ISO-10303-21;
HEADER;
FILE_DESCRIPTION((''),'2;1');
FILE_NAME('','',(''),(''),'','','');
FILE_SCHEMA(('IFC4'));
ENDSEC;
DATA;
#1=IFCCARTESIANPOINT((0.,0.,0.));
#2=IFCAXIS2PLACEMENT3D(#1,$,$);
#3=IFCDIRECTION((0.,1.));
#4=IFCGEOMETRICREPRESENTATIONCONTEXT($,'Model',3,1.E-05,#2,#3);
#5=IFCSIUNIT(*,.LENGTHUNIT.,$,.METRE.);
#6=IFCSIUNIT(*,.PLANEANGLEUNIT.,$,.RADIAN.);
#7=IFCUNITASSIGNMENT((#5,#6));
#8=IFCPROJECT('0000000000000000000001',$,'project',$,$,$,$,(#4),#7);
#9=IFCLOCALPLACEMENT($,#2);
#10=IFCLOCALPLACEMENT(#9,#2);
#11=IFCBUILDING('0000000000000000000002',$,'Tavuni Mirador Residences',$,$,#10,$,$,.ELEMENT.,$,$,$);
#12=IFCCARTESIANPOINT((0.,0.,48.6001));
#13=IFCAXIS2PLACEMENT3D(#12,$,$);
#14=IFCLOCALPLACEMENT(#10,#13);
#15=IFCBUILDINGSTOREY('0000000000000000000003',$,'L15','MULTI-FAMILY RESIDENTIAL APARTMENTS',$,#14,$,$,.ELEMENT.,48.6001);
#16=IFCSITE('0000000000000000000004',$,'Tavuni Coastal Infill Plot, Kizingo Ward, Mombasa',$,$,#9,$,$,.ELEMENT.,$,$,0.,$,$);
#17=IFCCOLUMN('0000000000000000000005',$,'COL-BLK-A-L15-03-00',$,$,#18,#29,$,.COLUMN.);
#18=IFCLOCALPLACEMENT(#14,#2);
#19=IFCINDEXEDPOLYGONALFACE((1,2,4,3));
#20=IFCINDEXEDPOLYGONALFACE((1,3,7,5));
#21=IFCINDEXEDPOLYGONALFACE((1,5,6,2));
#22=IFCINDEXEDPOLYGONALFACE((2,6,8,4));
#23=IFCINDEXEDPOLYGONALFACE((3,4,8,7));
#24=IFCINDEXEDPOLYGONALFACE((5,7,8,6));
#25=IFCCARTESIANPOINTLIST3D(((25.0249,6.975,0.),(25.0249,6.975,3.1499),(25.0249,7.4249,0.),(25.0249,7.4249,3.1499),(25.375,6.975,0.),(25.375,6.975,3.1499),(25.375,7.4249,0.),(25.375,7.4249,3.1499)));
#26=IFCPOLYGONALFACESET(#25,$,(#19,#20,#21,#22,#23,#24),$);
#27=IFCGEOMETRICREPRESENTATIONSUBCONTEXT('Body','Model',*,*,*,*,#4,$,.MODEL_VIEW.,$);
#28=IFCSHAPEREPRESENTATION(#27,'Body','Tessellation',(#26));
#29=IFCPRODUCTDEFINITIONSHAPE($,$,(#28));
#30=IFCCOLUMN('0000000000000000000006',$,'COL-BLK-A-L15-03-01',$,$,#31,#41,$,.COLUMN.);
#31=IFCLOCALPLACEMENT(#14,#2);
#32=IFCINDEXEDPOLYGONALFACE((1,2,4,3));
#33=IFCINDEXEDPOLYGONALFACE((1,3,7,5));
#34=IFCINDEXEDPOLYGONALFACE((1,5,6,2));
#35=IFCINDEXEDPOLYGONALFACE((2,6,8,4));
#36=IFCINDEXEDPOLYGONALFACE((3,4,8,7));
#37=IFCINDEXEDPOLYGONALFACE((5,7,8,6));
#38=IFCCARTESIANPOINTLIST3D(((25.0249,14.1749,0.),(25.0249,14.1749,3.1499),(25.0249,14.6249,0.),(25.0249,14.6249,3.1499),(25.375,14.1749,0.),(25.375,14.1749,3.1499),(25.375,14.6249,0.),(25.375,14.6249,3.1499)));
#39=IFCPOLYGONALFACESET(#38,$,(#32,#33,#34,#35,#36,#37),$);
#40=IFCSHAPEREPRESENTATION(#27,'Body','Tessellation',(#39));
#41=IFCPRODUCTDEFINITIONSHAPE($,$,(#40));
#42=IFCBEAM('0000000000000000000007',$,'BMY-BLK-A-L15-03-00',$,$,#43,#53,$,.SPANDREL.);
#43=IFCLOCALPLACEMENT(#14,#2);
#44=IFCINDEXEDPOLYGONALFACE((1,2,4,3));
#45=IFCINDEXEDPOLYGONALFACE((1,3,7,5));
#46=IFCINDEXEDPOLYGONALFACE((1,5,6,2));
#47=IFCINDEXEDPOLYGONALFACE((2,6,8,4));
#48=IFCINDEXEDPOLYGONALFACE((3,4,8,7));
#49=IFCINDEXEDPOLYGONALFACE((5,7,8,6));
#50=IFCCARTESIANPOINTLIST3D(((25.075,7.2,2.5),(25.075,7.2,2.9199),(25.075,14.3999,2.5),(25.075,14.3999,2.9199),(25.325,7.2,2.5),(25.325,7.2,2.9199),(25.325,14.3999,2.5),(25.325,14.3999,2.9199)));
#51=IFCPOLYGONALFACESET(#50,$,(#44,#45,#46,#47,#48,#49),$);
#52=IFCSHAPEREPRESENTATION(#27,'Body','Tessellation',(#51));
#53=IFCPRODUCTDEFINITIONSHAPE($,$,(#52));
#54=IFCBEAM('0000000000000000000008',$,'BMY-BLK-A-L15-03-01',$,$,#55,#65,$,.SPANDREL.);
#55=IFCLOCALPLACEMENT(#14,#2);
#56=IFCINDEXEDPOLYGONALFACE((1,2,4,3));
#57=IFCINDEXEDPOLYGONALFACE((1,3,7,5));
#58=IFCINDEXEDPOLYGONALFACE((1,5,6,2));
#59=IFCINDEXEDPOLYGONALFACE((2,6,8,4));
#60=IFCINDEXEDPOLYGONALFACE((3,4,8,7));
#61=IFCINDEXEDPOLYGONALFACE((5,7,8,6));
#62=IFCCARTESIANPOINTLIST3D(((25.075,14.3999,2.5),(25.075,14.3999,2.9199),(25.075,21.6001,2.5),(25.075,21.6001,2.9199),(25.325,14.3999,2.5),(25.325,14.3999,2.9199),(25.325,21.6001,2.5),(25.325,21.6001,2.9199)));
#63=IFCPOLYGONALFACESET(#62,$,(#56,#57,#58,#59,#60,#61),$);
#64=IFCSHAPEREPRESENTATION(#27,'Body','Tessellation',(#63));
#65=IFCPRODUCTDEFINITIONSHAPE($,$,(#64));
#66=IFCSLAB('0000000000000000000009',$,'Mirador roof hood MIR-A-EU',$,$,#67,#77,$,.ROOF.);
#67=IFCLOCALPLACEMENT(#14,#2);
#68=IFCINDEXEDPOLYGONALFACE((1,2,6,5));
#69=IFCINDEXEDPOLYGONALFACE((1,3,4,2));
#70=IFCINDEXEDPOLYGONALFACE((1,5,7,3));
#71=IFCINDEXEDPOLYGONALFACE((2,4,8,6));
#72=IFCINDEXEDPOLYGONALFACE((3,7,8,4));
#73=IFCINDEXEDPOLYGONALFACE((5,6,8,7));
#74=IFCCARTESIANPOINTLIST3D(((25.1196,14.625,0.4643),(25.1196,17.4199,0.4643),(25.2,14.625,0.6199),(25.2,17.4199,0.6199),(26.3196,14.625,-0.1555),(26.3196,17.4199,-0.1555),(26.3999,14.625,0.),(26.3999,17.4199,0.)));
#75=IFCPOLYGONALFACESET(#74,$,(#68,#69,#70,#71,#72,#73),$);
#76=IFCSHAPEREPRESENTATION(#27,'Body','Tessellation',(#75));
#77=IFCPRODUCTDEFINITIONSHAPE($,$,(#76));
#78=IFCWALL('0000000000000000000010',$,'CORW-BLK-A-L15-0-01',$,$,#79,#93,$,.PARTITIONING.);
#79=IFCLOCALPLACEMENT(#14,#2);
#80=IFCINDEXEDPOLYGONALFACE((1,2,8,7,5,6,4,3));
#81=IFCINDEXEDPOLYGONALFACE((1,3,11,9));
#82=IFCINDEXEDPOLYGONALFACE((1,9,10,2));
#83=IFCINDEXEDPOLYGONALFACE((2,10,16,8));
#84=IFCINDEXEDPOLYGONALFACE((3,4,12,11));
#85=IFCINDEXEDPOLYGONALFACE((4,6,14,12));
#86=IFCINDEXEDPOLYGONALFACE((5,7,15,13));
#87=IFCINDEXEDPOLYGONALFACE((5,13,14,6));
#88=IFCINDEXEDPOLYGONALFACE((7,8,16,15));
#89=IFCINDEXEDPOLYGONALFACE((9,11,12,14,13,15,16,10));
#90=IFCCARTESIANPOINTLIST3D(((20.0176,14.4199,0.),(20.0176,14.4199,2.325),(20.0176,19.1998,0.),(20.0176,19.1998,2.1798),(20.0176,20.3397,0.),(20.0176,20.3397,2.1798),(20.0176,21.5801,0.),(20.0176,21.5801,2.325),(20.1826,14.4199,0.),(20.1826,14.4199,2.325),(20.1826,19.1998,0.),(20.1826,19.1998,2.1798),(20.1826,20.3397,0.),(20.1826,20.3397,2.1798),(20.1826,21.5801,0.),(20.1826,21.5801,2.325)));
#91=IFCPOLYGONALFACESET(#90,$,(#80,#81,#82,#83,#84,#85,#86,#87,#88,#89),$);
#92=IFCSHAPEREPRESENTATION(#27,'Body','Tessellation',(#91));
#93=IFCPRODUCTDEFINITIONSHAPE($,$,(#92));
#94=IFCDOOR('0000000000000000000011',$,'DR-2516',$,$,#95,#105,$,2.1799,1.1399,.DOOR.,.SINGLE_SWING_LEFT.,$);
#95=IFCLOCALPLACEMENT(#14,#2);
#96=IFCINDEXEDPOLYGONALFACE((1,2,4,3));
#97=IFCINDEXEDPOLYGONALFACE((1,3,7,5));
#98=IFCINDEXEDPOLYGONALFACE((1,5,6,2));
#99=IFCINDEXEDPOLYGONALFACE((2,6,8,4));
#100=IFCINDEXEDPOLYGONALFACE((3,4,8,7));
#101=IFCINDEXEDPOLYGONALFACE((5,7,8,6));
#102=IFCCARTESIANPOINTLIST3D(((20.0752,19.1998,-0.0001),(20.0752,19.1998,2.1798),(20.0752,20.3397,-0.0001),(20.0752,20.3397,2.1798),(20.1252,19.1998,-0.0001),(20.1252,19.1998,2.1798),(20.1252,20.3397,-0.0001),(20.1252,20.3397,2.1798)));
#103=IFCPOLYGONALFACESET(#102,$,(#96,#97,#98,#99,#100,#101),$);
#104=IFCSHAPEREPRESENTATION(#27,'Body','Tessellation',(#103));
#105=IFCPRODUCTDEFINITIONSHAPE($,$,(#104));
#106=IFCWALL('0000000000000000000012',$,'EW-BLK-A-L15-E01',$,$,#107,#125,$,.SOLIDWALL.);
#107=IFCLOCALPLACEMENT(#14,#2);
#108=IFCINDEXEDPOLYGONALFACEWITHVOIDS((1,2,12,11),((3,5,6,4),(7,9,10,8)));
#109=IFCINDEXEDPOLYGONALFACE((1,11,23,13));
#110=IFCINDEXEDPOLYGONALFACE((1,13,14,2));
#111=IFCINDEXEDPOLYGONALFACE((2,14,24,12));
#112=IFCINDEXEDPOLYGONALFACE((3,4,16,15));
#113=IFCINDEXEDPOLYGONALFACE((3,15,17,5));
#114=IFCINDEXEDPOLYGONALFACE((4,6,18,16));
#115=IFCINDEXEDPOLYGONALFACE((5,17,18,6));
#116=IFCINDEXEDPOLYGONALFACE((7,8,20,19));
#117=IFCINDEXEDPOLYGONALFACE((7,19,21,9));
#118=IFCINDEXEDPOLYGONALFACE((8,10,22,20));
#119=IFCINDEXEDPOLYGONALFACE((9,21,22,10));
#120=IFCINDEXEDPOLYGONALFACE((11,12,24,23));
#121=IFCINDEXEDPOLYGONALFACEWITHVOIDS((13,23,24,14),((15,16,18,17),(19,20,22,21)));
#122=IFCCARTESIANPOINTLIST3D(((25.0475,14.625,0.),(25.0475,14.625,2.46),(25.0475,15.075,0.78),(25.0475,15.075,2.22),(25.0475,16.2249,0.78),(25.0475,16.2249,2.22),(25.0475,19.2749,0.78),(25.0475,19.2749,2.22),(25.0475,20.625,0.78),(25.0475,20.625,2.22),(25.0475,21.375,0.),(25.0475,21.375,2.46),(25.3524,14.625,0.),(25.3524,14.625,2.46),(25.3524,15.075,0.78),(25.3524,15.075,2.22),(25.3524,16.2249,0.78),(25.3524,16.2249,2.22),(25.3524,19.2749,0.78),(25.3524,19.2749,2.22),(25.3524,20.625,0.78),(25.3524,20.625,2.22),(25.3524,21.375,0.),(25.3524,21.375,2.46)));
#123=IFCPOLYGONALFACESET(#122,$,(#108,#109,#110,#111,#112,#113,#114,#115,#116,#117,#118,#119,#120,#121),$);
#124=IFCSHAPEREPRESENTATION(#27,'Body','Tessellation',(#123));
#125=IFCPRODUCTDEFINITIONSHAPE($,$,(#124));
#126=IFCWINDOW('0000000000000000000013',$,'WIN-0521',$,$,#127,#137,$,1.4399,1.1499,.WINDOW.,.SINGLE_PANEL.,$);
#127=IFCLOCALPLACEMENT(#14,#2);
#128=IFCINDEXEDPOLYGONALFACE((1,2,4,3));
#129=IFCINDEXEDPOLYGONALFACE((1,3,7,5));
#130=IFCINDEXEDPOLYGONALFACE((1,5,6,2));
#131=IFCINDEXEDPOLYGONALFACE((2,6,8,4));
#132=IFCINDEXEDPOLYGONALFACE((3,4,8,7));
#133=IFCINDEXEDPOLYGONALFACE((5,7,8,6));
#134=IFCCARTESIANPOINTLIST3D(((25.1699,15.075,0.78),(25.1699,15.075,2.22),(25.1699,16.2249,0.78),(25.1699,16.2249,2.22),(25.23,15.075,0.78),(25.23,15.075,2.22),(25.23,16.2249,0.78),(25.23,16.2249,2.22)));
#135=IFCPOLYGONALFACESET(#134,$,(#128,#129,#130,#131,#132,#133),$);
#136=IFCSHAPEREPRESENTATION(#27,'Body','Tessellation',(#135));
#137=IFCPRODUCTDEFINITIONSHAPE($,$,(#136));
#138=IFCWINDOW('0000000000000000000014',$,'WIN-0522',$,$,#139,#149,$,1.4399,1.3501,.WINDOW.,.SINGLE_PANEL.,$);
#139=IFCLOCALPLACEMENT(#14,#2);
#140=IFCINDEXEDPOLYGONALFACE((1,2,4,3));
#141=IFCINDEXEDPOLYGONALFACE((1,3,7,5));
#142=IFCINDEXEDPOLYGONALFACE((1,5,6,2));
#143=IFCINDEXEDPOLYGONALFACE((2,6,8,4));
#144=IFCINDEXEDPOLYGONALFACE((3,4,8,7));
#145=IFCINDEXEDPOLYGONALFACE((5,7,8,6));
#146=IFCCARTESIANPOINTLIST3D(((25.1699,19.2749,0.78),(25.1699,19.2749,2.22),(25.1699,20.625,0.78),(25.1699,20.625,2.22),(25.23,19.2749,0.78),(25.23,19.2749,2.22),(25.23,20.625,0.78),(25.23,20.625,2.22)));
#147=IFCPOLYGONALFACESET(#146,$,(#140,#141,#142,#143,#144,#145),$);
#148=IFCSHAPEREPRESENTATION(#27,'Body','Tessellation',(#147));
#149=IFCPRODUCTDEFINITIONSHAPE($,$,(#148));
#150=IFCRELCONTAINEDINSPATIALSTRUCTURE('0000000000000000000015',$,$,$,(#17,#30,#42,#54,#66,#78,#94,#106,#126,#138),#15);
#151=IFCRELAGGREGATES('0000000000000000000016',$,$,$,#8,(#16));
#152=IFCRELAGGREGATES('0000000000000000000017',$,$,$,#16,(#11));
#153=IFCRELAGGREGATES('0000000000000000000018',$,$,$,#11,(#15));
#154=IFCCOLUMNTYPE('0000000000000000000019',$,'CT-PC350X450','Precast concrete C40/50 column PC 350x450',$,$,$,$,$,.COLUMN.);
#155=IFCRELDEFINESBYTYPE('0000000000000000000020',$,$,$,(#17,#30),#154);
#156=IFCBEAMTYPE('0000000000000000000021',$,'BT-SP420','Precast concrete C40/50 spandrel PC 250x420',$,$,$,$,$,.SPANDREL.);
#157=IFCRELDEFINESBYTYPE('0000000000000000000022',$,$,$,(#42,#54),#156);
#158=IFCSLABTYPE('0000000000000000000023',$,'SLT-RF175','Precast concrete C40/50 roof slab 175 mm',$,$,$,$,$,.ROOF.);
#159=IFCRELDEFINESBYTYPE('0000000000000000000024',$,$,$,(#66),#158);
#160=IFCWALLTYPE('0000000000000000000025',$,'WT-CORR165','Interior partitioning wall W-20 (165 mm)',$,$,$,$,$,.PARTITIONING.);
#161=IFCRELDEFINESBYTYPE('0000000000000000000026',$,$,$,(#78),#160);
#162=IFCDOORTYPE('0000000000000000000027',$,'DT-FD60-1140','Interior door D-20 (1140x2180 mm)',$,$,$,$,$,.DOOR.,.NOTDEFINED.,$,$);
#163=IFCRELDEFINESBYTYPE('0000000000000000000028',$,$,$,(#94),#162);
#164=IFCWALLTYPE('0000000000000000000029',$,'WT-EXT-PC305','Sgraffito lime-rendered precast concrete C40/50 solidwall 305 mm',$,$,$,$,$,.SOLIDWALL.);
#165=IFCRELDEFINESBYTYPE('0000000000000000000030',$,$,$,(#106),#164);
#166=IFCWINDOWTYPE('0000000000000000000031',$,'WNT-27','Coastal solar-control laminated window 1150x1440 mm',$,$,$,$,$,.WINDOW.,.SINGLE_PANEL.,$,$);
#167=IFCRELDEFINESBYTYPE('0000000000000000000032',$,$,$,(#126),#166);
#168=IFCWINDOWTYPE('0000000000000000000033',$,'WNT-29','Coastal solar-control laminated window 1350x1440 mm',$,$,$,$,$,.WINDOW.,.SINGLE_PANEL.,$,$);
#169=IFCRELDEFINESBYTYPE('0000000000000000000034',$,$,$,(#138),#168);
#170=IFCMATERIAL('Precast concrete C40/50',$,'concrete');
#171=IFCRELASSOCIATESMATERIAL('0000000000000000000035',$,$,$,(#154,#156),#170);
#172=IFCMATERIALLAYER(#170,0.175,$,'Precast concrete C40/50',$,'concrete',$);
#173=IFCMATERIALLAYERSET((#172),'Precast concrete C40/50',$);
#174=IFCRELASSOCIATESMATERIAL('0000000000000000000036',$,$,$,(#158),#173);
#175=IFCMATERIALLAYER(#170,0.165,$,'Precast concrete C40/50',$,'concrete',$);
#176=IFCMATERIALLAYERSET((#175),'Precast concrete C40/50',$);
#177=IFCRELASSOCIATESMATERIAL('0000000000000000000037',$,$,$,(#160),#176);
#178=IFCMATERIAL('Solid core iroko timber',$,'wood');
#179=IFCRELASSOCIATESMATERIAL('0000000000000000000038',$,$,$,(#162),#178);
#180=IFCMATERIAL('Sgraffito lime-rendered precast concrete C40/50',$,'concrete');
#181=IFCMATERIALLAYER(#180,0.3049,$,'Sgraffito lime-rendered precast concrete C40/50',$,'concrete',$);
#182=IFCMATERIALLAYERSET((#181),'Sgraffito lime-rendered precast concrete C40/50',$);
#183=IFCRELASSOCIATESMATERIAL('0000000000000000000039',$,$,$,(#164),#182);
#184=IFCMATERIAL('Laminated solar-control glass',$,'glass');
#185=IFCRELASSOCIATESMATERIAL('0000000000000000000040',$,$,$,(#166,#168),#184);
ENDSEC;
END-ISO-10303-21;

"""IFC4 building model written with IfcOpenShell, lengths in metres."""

from ifc_helpers import new_model, si_unit, direction, frame, frame_2d, origin, origin_2d, place, context, subcontext, project, spatial, polyline, rectangle, outline, extrude, material, layer, layer_set, material_profile, profile_set, type_object, element, fill, save


model = new_model("IFC4")

# Units and contexts
model_context = context("Model", 3, precision=1e-05, world=origin(), true_north=direction((0.0, 1.0)))
body_context = subcontext(model_context, "Body", "Model", "MODEL_VIEW")
ifc_project = project(units=[si_unit("LENGTHUNIT", "METRE"), si_unit("PLANEANGLEUNIT", "RADIAN")], contexts=[model_context])

# Site, building, storey
site_placement = place(None, origin())
site = spatial("IfcSite", under=ifc_project, at=site_placement, Name="Tavuni Coastal Infill Plot, Kizingo Ward, Mombasa", CompositionType="ELEMENT", RefElevation=0.0)
building_placement = place(site_placement, origin())
building = spatial("IfcBuilding", under=site, at=building_placement, Name="Tavuni Mirador Residences", CompositionType="ELEMENT")
storey_placement = place(building_placement, frame((0.0, 0.0, 48.6001)))
storey = spatial("IfcBuildingStorey", under=building, at=storey_placement, Name="L15", Description="MULTI-FAMILY RESIDENTIAL APARTMENTS", CompositionType="ELEMENT", Elevation=48.6001)

# Columns
ifc_material_1 = material(Name="Precast concrete C40/50", Category="concrete")
ifc_material_profile_1 = material_profile(ifc_material_1, rectangle(XDim=0.3501, YDim=0.45, at=origin_2d()), Name="PC 350x450", Category="concrete")
ifc_profile_set_1 = profile_set([ifc_material_profile_1], Name="Precast concrete C40/50")
column_type = type_object("IfcColumnType", Name="CT-PC350X450", Description="Precast concrete C40/50 column PC 350x450", PredefinedType="COLUMN", material=ifc_profile_set_1)
for number, where, z_axis, x_axis, name in (
    (1, (25.2, 7.2, 0.0), (0.0, 0.0, 1.0), (1.0, 0.0, 0.0), "COL-BLK-A-L15-03-00"),
    (2, (25.2, 14.3999, 0.0), (0.0, 0.0, 1.0), (1.0, 0.0, 0.0), "COL-BLK-A-L15-03-01"),
):
    element("IfcColumn", number, at=place(storey_placement, frame(where, z_axis=z_axis, x_axis=x_axis)), inside=storey, type_object=column_type, Name=name, PredefinedType="COLUMN", context=body_context, shape_type="SweptSolid", body=[
        extrude(rectangle(XDim=0.3501, YDim=0.45, at=origin_2d()), origin(), (0.0, 0.0, 1.0), 3.1499),
    ])

# Beams
ifc_material_profile_2 = material_profile(ifc_material_1, rectangle(XDim=0.25, YDim=0.4199, at=origin_2d()), Name="PC 250x420", Category="concrete")
ifc_profile_set_2 = profile_set([ifc_material_profile_2], Name="Precast concrete C40/50")
beam_type = type_object("IfcBeamType", Name="BT-SP420", Description="Precast concrete C40/50 spandrel PC 250x420", PredefinedType="SPANDREL", material=ifc_profile_set_2)
beam_1_placement = place(storey_placement, frame((25.2, 7.2, 2.71), z_axis=(0.0, 1.0, 0.0), x_axis=(-1.0, 0.0, 0.0)))
element("IfcBeam", 3, at=beam_1_placement, inside=storey, type_object=beam_type, Name="BMY-BLK-A-L15-03-00", PredefinedType="SPANDREL", context=body_context, shape_type="SweptSolid", body=[
    extrude(rectangle(XDim=0.25, YDim=0.4199, at=origin_2d()), origin(), (0.0, 0.0, 1.0), 7.2),
])
beam_2_placement = place(storey_placement, frame((25.2, 14.3999, 2.71), z_axis=(0.0, 1.0, 0.0), x_axis=(-1.0, 0.0, 0.0)))
element("IfcBeam", 4, at=beam_2_placement, inside=storey, type_object=beam_type, Name="BMY-BLK-A-L15-03-01", PredefinedType="SPANDREL", context=body_context, shape_type="SweptSolid", body=[
    extrude(rectangle(XDim=0.25, YDim=0.4199, at=origin_2d()), origin(), (0.0, 0.0, 1.0), 7.2002),
])

# Slab
ifc_layer_1 = layer(ifc_material_1, 0.175, Name="Precast concrete C40/50", Category="concrete")
ifc_layer_set_1 = layer_set([ifc_layer_1], Name="Precast concrete C40/50")
slab_type = type_object("IfcSlabType", Name="SLT-RF175", Description="Precast concrete C40/50 roof slab 175 mm", PredefinedType="ROOF", material=ifc_layer_set_1)
slab_placement = place(storey_placement, frame((25.2, 14.625, 0.6199), z_axis=(0.458961, 0.0, 0.888457), x_axis=(0.0, 1.0, 0.0)))
element("IfcSlab", 5, at=slab_placement, inside=storey, type_object=slab_type, Name="Mirador roof hood MIR-A-EU", PredefinedType="ROOF", context=body_context, shape_type="SweptSolid", body=[
    extrude(outline(polyline([(0.0, 0.0), (2.7949, 0.0), (2.7949, -1.3506), (0.0, -1.3506), (0.0, 0.0)])), origin(), (0.0, 0.0, -1.0), 0.175),
])

# Wall, opening, door
ifc_layer_2 = layer(ifc_material_1, 0.165, Name="Precast concrete C40/50", Category="concrete")
ifc_layer_set_2 = layer_set([ifc_layer_2], Name="Precast concrete C40/50")
wall_type_1 = type_object("IfcWallType", Name="WT-CORR165", Description="Interior partitioning wall W-20 (165 mm)", PredefinedType="PARTITIONING", material=ifc_layer_set_2)
wall_1_placement = place(storey_placement, frame((20.1001, 14.4199, 0.0), z_axis=(0.0, 0.0, 1.0), x_axis=(0.0, 1.0, 0.0)))
wall_1 = element("IfcWall", 6, at=wall_1_placement, inside=storey, type_object=wall_type_1, Name="CORW-BLK-A-L15-0-01", PredefinedType="PARTITIONING", context=body_context, shape_type="SweptSolid", body=[
    extrude(rectangle(XDim=7.1602, YDim=0.165, at=frame_2d((3.5801, 0.0))), origin(), (0.0, 0.0, 1.0), 2.325),
])
opening_1_placement = place(wall_1_placement, frame((4.78, 0.0, 0.0)))
opening_1 = element("IfcOpeningElement", 7, at=opening_1_placement, cuts=wall_1, PredefinedType="OPENING", context=body_context, shape_type="SweptSolid", body=[
    extrude(rectangle(XDim=1.1399, YDim=2.1799, at=frame_2d((0.5698, 1.0898))), frame((0.0, 0.0925, 0.0), z_axis=(0.0, -1.0, 0.0), x_axis=(1.0, 0.0, 0.0)), (0.0, 0.0, 1.0), 0.1851),
])
ifc_material_2 = material(Name="Solid core iroko timber", Category="wood")
door_type_1 = type_object("IfcDoorType", Name="DT-FD60-1140", Description="Interior door D-20 (1140x2180 mm)", OperationType="NOTDEFINED", PredefinedType="DOOR", material=ifc_material_2)
door_1_placement = place(opening_1_placement, origin())
door_1 = element("IfcDoor", 8, at=door_1_placement, inside=storey, type_object=door_type_1, Name="DR-2516", OperationType="SINGLE_SWING_LEFT", OverallHeight=2.1799, OverallWidth=1.1399, PredefinedType="DOOR", context=body_context, shape_type="SweptSolid", body=[
    extrude(rectangle(XDim=1.1399, YDim=2.1799, at=frame_2d((0.5698, 1.0898))), frame((0.0, 0.0249, 0.0), z_axis=(0.0, -1.0, 0.0), x_axis=(1.0, 0.0, 0.0)), (0.0, 0.0, 1.0), 0.05),
])
fill(opening_1, door_1)

# Wall, openings, windows
ifc_material_3 = material(Name="Sgraffito lime-rendered precast concrete C40/50", Category="concrete")
ifc_layer_3 = layer(ifc_material_3, 0.3049, Name="Sgraffito lime-rendered precast concrete C40/50", Category="concrete")
ifc_layer_set_3 = layer_set([ifc_layer_3], Name="Sgraffito lime-rendered precast concrete C40/50")
wall_type_2 = type_object("IfcWallType", Name="WT-EXT-PC305", Description="Sgraffito lime-rendered precast concrete C40/50 solidwall 305 mm", PredefinedType="SOLIDWALL", material=ifc_layer_set_3)
wall_2_placement = place(storey_placement, frame((25.2, 14.625, 0.0), z_axis=(0.0, 0.0, 1.0), x_axis=(0.0, 1.0, 0.0)))
wall_2 = element("IfcWall", 9, at=wall_2_placement, inside=storey, type_object=wall_type_2, Name="EW-BLK-A-L15-E01", PredefinedType="SOLIDWALL", context=body_context, shape_type="SweptSolid", body=[
    extrude(rectangle(XDim=6.75, YDim=0.3049, at=frame_2d((3.375, 0.0))), origin(), (0.0, 0.0, 1.0), 2.46),
])
opening_2_placement = place(wall_2_placement, frame((0.45, 0.0, 0.78)))
opening_2 = element("IfcOpeningElement", 10, at=opening_2_placement, cuts=wall_2, PredefinedType="OPENING", context=body_context, shape_type="SweptSolid", body=[
    extrude(rectangle(XDim=1.1499, YDim=1.4399, at=frame_2d((0.575, 0.72))), frame((0.0, 0.1626, 0.0), z_axis=(0.0, -1.0, 0.0), x_axis=(1.0, 0.0, 0.0)), (0.0, 0.0, 1.0), 0.325),
])
opening_3_placement = place(wall_2_placement, frame((4.6499, 0.0, 0.78)))
opening_3 = element("IfcOpeningElement", 11, at=opening_3_placement, cuts=wall_2, PredefinedType="OPENING", context=body_context, shape_type="SweptSolid", body=[
    extrude(rectangle(XDim=1.3501, YDim=1.4399, at=frame_2d((0.675, 0.72))), frame((0.0, 0.1626, 0.0), z_axis=(0.0, -1.0, 0.0), x_axis=(1.0, 0.0, 0.0)), (0.0, 0.0, 1.0), 0.325),
])
ifc_material_4 = material(Name="Laminated solar-control glass", Category="glass")
window_type_1 = type_object("IfcWindowType", Name="WNT-27", Description="Coastal solar-control laminated window 1150x1440 mm", PartitioningType="SINGLE_PANEL", PredefinedType="WINDOW", material=ifc_material_4)
window_1_placement = place(opening_2_placement, origin())
window_1 = element("IfcWindow", 12, at=window_1_placement, inside=storey, type_object=window_type_1, Name="WIN-0521", OverallHeight=1.4399, OverallWidth=1.1499, PartitioningType="SINGLE_PANEL", PredefinedType="WINDOW", context=body_context, shape_type="SweptSolid", body=[
    extrude(rectangle(XDim=1.1499, YDim=1.4399, at=frame_2d((0.575, 0.72))), frame((0.0, 0.03, 0.0), z_axis=(0.0, -1.0, 0.0), x_axis=(1.0, 0.0, 0.0)), (0.0, 0.0, 1.0), 0.0601),
])
fill(opening_2, window_1)
window_type_2 = type_object("IfcWindowType", Name="WNT-29", Description="Coastal solar-control laminated window 1350x1440 mm", PartitioningType="SINGLE_PANEL", PredefinedType="WINDOW", material=ifc_material_4)
window_2_placement = place(opening_3_placement, origin())
window_2 = element("IfcWindow", 13, at=window_2_placement, inside=storey, type_object=window_type_2, Name="WIN-0522", OverallHeight=1.4399, OverallWidth=1.3501, PartitioningType="SINGLE_PANEL", PredefinedType="WINDOW", context=body_context, shape_type="SweptSolid", body=[
    extrude(rectangle(XDim=1.3501, YDim=1.4399, at=frame_2d((0.675, 0.72))), frame((0.0, 0.03, 0.0), z_axis=(0.0, -1.0, 0.0), x_axis=(1.0, 0.0, 0.0)), (0.0, 0.0, 1.0), 0.0601),
])
fill(opening_3, window_2)

save(model, "model.ifc")
